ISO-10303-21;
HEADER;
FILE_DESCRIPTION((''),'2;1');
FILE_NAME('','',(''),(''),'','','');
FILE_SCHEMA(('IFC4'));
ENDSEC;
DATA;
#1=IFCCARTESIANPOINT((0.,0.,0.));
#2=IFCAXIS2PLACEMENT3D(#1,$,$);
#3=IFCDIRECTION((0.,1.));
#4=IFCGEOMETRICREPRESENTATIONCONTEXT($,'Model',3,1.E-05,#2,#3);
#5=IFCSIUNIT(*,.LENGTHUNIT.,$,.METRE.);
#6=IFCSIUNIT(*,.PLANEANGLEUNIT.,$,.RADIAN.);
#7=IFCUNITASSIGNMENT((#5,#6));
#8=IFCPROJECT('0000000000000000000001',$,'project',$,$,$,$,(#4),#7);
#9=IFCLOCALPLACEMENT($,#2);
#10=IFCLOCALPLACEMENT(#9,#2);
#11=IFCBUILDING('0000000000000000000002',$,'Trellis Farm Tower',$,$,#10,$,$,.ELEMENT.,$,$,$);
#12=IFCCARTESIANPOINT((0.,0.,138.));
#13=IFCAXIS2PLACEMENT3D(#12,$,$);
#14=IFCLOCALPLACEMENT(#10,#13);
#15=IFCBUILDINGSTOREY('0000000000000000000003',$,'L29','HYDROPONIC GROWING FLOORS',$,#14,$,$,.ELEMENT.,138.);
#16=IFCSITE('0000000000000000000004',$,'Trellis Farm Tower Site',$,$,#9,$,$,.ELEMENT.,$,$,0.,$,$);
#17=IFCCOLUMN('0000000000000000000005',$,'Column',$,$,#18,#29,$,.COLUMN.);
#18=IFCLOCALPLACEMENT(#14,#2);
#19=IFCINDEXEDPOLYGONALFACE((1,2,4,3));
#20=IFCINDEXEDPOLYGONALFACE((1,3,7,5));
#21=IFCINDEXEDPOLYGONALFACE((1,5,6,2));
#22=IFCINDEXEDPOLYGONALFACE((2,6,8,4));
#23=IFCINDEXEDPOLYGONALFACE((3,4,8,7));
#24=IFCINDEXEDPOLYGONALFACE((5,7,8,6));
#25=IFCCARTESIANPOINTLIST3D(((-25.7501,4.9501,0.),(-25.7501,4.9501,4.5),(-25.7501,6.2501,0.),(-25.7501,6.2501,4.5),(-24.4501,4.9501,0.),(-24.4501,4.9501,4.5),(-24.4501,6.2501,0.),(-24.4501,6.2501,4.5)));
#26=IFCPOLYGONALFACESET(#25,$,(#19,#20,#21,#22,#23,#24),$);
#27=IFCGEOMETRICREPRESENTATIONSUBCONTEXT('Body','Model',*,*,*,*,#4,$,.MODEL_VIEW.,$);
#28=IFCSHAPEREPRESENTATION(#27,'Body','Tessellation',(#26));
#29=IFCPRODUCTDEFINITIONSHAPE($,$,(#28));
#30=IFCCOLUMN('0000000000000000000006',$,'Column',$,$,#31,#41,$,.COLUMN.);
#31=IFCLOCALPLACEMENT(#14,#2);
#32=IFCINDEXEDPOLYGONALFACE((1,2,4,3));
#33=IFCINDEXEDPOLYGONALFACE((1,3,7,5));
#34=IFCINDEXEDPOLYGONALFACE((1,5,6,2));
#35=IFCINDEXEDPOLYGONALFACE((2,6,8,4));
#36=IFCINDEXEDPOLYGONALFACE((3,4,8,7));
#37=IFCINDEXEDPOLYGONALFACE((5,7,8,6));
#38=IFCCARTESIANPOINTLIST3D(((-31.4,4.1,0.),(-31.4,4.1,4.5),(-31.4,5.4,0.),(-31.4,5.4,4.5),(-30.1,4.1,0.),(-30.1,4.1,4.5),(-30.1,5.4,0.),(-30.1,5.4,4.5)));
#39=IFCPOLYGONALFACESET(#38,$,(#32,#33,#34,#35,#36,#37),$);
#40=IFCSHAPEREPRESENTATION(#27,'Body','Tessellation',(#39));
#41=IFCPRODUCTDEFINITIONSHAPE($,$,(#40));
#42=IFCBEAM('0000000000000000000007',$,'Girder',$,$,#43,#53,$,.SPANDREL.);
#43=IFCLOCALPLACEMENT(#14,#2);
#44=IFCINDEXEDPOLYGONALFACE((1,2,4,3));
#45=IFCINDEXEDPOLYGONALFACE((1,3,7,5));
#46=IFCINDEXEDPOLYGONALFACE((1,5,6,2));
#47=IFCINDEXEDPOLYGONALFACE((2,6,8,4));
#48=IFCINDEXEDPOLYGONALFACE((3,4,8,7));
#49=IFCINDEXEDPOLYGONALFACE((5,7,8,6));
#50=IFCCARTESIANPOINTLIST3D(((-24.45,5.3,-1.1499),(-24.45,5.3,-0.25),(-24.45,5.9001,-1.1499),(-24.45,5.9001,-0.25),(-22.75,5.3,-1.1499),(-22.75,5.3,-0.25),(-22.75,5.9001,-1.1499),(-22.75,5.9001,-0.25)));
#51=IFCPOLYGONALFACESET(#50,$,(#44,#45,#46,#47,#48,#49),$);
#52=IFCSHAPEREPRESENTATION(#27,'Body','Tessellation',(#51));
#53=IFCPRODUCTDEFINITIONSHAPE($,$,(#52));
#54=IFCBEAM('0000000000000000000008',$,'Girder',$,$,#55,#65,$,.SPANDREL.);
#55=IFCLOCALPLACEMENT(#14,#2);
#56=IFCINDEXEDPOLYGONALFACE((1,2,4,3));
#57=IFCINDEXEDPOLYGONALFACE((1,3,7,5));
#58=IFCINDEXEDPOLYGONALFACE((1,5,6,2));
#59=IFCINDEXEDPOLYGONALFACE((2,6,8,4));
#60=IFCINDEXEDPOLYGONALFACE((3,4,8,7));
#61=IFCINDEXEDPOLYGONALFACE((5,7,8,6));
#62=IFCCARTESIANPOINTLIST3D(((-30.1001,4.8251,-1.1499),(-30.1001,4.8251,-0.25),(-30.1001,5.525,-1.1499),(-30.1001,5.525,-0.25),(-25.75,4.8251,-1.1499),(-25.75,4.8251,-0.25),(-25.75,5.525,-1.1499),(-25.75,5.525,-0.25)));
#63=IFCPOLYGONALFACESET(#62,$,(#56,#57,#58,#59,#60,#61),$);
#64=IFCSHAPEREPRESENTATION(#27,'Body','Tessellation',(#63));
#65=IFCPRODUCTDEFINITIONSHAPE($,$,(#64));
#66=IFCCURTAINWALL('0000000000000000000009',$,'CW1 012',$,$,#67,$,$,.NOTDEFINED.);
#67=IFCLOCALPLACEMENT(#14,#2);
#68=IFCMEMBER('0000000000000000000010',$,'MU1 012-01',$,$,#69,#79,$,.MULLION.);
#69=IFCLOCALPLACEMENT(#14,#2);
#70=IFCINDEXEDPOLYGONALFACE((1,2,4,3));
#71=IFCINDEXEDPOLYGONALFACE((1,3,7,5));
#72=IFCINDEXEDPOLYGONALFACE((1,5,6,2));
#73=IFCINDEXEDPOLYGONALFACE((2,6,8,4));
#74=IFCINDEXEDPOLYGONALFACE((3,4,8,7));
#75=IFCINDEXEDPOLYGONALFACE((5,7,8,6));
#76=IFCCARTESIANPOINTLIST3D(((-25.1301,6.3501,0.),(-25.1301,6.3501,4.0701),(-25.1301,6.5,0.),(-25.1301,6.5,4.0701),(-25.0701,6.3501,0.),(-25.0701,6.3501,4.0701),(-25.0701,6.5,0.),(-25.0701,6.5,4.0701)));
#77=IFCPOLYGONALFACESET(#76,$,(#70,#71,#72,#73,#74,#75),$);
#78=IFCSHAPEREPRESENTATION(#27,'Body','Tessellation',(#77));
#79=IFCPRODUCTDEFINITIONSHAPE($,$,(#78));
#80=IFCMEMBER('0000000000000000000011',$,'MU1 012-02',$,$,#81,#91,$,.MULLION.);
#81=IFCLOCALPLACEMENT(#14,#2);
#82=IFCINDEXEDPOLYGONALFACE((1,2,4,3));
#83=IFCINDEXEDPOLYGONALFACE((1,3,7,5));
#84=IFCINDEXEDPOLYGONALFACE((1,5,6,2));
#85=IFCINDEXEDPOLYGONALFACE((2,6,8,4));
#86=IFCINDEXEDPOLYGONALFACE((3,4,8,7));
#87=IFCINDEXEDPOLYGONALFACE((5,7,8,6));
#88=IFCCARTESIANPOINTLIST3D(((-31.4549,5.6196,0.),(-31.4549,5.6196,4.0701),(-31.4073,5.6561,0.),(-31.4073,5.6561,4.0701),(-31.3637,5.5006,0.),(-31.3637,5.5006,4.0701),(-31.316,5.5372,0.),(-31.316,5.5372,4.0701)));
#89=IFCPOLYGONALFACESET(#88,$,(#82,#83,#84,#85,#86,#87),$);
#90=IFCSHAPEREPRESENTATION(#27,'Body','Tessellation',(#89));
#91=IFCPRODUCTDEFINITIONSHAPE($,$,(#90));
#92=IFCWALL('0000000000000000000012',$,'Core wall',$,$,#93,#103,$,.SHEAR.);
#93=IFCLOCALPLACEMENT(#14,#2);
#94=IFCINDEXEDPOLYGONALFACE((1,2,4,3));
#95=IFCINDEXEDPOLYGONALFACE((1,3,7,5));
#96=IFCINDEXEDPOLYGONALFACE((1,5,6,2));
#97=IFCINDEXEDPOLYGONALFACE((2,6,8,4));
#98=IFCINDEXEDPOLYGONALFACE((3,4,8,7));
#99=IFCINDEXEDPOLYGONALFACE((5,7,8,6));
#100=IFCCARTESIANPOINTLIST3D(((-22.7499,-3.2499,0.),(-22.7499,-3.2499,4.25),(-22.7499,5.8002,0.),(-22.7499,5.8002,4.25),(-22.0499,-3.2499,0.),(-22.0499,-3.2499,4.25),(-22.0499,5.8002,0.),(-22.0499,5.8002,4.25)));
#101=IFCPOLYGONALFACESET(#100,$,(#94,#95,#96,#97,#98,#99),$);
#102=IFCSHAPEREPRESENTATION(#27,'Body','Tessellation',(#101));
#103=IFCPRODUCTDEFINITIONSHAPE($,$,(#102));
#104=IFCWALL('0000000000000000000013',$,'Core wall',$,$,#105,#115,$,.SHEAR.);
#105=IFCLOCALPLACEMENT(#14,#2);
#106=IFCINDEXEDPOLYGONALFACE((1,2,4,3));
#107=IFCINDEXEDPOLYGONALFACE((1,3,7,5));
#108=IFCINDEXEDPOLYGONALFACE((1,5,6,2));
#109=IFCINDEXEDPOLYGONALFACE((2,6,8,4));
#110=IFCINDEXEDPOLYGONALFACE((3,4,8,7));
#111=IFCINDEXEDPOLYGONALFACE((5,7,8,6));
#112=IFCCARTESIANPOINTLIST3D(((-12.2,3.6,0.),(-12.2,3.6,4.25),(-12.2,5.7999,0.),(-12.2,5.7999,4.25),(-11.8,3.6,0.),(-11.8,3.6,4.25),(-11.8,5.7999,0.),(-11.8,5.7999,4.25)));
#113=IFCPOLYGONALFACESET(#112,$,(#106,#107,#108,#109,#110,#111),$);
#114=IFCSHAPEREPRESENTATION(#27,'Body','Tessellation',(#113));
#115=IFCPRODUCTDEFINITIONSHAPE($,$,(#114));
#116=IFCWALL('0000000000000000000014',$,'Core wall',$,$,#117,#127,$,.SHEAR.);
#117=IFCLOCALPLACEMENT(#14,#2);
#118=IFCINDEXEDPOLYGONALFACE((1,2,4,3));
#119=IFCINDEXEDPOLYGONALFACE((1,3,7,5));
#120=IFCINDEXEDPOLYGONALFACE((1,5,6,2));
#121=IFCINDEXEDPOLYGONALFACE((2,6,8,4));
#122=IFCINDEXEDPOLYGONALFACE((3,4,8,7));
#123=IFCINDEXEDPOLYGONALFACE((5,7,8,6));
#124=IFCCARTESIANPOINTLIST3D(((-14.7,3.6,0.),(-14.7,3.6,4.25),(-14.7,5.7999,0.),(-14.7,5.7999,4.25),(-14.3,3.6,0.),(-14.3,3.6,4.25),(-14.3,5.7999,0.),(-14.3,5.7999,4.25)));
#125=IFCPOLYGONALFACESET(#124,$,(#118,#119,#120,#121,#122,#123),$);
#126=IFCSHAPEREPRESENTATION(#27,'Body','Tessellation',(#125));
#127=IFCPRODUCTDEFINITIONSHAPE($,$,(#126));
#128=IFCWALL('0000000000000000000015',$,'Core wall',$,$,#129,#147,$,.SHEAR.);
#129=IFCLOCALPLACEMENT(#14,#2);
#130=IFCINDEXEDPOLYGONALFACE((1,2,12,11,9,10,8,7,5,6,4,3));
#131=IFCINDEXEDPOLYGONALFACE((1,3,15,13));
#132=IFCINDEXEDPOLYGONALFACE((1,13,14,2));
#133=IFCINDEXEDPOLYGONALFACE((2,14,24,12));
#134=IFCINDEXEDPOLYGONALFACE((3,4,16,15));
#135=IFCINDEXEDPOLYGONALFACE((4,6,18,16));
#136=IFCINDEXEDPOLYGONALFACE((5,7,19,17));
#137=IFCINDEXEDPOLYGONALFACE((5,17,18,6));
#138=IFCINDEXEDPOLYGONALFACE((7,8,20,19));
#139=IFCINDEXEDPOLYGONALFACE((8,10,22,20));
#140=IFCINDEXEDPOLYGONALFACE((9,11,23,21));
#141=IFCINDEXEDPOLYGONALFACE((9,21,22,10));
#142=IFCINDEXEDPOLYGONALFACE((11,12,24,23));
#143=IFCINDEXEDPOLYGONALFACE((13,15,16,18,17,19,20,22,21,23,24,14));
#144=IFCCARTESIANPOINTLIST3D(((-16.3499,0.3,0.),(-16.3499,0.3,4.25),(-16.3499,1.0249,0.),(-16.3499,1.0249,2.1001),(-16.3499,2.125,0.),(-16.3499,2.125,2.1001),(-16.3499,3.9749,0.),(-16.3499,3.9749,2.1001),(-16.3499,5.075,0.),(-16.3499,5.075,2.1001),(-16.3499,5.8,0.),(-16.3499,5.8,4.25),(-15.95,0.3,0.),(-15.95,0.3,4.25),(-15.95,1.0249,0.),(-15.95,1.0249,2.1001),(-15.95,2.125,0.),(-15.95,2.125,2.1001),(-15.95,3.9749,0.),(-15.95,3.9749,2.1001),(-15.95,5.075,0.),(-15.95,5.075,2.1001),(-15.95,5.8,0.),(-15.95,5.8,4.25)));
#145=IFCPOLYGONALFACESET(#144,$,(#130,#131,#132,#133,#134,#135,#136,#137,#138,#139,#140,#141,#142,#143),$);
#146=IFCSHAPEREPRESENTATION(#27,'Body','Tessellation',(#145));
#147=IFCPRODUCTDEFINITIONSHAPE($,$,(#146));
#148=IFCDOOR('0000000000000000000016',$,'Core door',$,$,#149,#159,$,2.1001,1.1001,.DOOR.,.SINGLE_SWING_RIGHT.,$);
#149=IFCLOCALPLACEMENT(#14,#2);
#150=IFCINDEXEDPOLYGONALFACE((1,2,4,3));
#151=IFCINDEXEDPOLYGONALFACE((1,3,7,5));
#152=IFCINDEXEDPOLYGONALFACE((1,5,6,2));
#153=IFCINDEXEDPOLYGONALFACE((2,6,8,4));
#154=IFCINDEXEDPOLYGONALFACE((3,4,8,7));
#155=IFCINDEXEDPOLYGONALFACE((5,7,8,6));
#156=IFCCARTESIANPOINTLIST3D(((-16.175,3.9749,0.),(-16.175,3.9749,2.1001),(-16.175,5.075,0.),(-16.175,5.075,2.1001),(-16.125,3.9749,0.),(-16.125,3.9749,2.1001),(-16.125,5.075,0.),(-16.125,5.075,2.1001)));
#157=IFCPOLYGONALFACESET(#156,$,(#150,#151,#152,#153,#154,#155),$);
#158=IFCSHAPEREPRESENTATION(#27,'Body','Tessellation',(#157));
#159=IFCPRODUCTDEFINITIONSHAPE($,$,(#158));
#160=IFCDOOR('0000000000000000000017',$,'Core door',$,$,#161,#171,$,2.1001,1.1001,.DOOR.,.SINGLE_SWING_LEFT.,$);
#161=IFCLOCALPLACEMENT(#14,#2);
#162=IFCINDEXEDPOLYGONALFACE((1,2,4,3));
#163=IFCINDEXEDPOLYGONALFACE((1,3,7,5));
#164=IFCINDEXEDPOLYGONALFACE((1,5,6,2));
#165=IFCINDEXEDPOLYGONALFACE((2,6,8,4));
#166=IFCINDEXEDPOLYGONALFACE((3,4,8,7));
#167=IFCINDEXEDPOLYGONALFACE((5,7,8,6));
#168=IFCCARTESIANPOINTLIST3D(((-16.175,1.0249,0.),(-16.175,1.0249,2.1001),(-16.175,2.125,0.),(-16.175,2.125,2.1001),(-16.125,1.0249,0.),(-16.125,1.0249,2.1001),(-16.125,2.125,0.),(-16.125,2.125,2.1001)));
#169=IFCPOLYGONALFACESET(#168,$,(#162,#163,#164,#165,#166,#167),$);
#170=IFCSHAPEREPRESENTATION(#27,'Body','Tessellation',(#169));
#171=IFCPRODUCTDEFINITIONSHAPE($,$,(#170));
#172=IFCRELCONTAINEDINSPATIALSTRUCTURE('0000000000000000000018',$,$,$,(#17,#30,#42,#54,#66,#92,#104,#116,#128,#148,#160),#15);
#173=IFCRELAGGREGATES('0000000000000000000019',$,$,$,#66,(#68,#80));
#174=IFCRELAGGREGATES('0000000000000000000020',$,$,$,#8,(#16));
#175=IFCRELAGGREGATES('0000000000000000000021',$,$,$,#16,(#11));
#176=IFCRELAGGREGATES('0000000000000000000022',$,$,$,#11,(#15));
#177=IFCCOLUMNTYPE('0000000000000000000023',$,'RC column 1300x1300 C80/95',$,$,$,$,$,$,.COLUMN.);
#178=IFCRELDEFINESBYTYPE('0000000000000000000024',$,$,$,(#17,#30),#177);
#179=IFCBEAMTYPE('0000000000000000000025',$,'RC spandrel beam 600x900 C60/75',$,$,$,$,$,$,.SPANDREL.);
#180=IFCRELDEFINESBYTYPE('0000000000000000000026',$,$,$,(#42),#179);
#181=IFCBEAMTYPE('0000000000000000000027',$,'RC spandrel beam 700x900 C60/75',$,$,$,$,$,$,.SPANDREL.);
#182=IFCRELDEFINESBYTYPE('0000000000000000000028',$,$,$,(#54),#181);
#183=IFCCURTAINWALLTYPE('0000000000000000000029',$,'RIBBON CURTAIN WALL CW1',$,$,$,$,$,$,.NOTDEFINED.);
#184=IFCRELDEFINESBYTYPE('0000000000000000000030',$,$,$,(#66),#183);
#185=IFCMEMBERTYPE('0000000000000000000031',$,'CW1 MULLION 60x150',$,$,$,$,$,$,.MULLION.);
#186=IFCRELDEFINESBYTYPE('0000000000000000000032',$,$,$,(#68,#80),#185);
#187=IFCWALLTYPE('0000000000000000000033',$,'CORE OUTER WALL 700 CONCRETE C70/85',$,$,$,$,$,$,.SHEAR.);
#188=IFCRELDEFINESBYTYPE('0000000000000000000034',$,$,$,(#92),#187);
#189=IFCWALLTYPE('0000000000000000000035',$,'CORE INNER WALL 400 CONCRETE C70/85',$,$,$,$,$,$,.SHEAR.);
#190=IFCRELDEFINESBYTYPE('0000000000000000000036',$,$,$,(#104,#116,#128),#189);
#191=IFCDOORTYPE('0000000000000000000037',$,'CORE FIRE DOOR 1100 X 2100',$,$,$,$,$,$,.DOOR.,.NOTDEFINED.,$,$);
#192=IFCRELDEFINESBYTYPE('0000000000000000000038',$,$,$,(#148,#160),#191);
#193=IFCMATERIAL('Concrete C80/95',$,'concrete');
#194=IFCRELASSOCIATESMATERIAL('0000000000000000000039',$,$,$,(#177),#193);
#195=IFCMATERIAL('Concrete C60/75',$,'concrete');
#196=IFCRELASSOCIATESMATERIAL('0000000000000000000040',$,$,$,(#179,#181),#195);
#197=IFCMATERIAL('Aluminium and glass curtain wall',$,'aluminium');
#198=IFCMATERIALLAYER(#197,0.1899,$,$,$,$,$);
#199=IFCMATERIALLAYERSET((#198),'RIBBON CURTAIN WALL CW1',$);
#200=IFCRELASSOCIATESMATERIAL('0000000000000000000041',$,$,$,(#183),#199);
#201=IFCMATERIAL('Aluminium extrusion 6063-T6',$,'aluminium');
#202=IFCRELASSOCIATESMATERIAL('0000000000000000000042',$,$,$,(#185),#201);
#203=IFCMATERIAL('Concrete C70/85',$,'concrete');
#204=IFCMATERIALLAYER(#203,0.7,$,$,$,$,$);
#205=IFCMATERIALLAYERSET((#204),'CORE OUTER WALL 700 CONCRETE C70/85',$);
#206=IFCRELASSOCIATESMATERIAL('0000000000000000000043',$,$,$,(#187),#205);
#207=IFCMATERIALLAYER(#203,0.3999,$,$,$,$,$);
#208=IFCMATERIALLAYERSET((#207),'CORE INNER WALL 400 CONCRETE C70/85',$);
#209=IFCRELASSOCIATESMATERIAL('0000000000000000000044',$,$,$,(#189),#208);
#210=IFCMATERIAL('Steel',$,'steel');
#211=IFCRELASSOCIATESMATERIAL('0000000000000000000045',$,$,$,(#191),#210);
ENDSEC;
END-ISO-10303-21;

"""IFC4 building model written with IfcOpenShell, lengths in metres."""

from ifc_helpers import new_model, si_unit, direction, frame, frame_2d, origin, origin_2d, place, context, subcontext, project, spatial, rectangle, extrude, source, transform, mapped, material, layer, layer_set, material_profile, profile_set, type_object, element, fill, aggregate, save


model = new_model("IFC4")

# Units and contexts
model_context = context("Model", 3, precision=1e-05, world=origin(), true_north=direction((0.0, 1.0)))
body_context = subcontext(model_context, "Body", "Model", "MODEL_VIEW")
ifc_project = project(units=[si_unit("LENGTHUNIT", "METRE"), si_unit("PLANEANGLEUNIT", "RADIAN")], contexts=[model_context])

# Site, building, storey
site_placement = place(None, origin())
site = spatial("IfcSite", under=ifc_project, at=site_placement, Name="Trellis Farm Tower Site", CompositionType="ELEMENT", RefElevation=0.0)
building_placement = place(site_placement, origin())
building = spatial("IfcBuilding", under=site, at=building_placement, Name="Trellis Farm Tower", CompositionType="ELEMENT")
storey_placement = place(building_placement, frame((0.0, 0.0, 138.0)))
storey = spatial("IfcBuildingStorey", under=building, at=storey_placement, Name="L29", Description="HYDROPONIC GROWING FLOORS", CompositionType="ELEMENT", Elevation=138.0)

# Columns
ifc_material_1 = material(Name="Concrete C80/95", Category="concrete")
ifc_material_profile_1 = material_profile(ifc_material_1, rectangle(XDim=1.3, YDim=1.3, at=origin_2d()), Name="RC column 1300x1300 C80/95")
ifc_profile_set_1 = profile_set([ifc_material_profile_1], Name="Concrete C80/95")
column_type = type_object("IfcColumnType", Name="RC column 1300x1300 C80/95", PredefinedType="COLUMN", material=ifc_profile_set_1)
shared_shape_1 = source(origin(), body_context, "Body", "SweptSolid", [
    extrude(rectangle(XDim=1.3, YDim=1.3, at=origin_2d()), origin(), (0.0, 0.0, 1.0), 4.5),
])
for number, where, z_axis, x_axis, name in (
    (1, (-25.1001, 5.6001, 0.0), (0.0, 0.0, 1.0), (1.0, 0.0, 0.0), "Column"),
    (2, (-30.75, 4.75, 0.0), (0.0, 0.0, 1.0), (1.0, 0.0, 0.0), "Column"),
):
    element("IfcColumn", number, at=place(storey_placement, frame(where, z_axis=z_axis, x_axis=x_axis)), inside=storey, type_object=column_type, Name=name, PredefinedType="COLUMN", context=body_context, shape_type="MappedRepresentation", body=[
        mapped(shared_shape_1, transform((0.0, 0.0, 0.0))),
    ])

# Beams
ifc_material_2 = material(Name="Concrete C60/75", Category="concrete")
ifc_material_profile_2 = material_profile(ifc_material_2, rectangle(XDim=0.6001, YDim=0.8999, at=origin_2d()), Name="RC spandrel beam 600x900 C60/75")
ifc_profile_set_2 = profile_set([ifc_material_profile_2], Name="Concrete C60/75")
beam_type_1 = type_object("IfcBeamType", Name="RC spandrel beam 600x900 C60/75", PredefinedType="SPANDREL", material=ifc_profile_set_2)
shared_shape_2 = source(origin(), body_context, "Body", "SweptSolid", [
    extrude(rectangle(XDim=0.6001, YDim=0.8999, at=origin_2d()), origin(), (0.0, 0.0, 1.0), 1.7),
])
beam_1_placement = place(storey_placement, frame((-24.45, 5.6001, -0.7), z_axis=(1.0, 0.0, 0.0), x_axis=(0.0, 1.0, 0.0)))
element("IfcBeam", 3, at=beam_1_placement, inside=storey, type_object=beam_type_1, Name="Girder", PredefinedType="SPANDREL", context=body_context, shape_type="MappedRepresentation", body=[
    mapped(shared_shape_2, transform((0.0, 0.0, 0.0))),
])
ifc_material_profile_3 = material_profile(ifc_material_2, rectangle(XDim=0.7, YDim=0.8999, at=origin_2d()), Name="RC spandrel beam 700x900 C60/75")
ifc_profile_set_3 = profile_set([ifc_material_profile_3], Name="Concrete C60/75")
beam_type_2 = type_object("IfcBeamType", Name="RC spandrel beam 700x900 C60/75", PredefinedType="SPANDREL", material=ifc_profile_set_3)
shared_shape_3 = source(origin(), body_context, "Body", "SweptSolid", [
    extrude(rectangle(XDim=0.7, YDim=0.8999, at=origin_2d()), origin(), (0.0, 0.0, 1.0), 4.3501),
])
beam_2_placement = place(storey_placement, frame((-30.1001, 5.175, -0.7), z_axis=(1.0, 0.0, 0.0), x_axis=(0.0, 1.0, 0.0)))
element("IfcBeam", 4, at=beam_2_placement, inside=storey, type_object=beam_type_2, Name="Girder", PredefinedType="SPANDREL", context=body_context, shape_type="MappedRepresentation", body=[
    mapped(shared_shape_3, transform((0.0, 0.0, 0.0))),
])

# Curtain wall, members
ifc_material_3 = material(Name="Aluminium and glass curtain wall", Category="aluminium")
ifc_layer_1 = layer(ifc_material_3, 0.1899)
ifc_layer_set_1 = layer_set([ifc_layer_1], Name="RIBBON CURTAIN WALL CW1")
curtain_wall_type = type_object("IfcCurtainWallType", Name="RIBBON CURTAIN WALL CW1", PredefinedType="NOTDEFINED", material=ifc_layer_set_1)
placement = place(storey_placement, origin())
curtain_wall = element("IfcCurtainWall", 5, at=placement, inside=storey, type_object=curtain_wall_type, Name="CW1 012", PredefinedType="NOTDEFINED")
ifc_material_4 = material(Name="Aluminium extrusion 6063-T6", Category="aluminium")
ifc_material_profile_4 = material_profile(ifc_material_4, rectangle(XDim=0.0601, YDim=0.1499, at=origin_2d()), Name="MULLION 60x150")
ifc_profile_set_4 = profile_set([ifc_material_profile_4], Name="Aluminium extrusion 6063-T6")
member_type = type_object("IfcMemberType", Name="CW1 MULLION 60x150", PredefinedType="MULLION", material=ifc_profile_set_4)
shared_shape_4 = source(origin(), body_context, "Body", "SweptSolid", [
    extrude(rectangle(XDim=0.0601, YDim=0.1499, at=origin_2d()), origin(), (0.0, 0.0, 1.0), 4.0701),
])
member_1_placement = place(storey_placement, frame((-25.1001, 6.425, 0.0), z_axis=(0.0, 0.0, 1.0), x_axis=(-1.0, 0.0, 0.0)))
member_1 = element("IfcMember", 6, at=member_1_placement, type_object=member_type, Name="MU1 012-01", PredefinedType="MULLION", context=body_context, shape_type="MappedRepresentation", body=[
    mapped(shared_shape_4, transform((0.0, 0.0, 0.0))),
])
member_2_placement = place(storey_placement, frame((-31.3855, 5.5784, 0.0), z_axis=(0.0, 0.0, 1.0), x_axis=(-0.793353, -0.608761, 0.0)))
member_2 = element("IfcMember", 7, at=member_2_placement, type_object=member_type, Name="MU1 012-02", PredefinedType="MULLION", context=body_context, shape_type="MappedRepresentation", body=[
    mapped(shared_shape_4, transform((0.0, 0.0, 0.0))),
])
aggregate(curtain_wall, [member_1, member_2])

# Walls
ifc_material_5 = material(Name="Concrete C70/85", Category="concrete")
ifc_layer_2 = layer(ifc_material_5, 0.7)
ifc_layer_set_2 = layer_set([ifc_layer_2], Name="CORE OUTER WALL 700 CONCRETE C70/85")
wall_type_1 = type_object("IfcWallType", Name="CORE OUTER WALL 700 CONCRETE C70/85", PredefinedType="SHEAR", material=ifc_layer_set_2)
shared_shape_5 = source(origin(), body_context, "Body", "SweptSolid", [
    extrude(rectangle(XDim=9.05, YDim=0.7, at=frame_2d((4.5249, 0.0))), origin(), (0.0, 0.0, 1.0), 4.25),
])
wall_1_placement = place(storey_placement, frame((-22.3999, 5.8, 0.0), z_axis=(0.0, 0.0, 1.0), x_axis=(0.0, -1.0, 0.0)))
element("IfcWall", 8, at=wall_1_placement, inside=storey, type_object=wall_type_1, Name="Core wall", PredefinedType="SHEAR", context=body_context, shape_type="MappedRepresentation", body=[
    mapped(shared_shape_5, transform((0.0, 0.0, 0.0))),
])
ifc_layer_3 = layer(ifc_material_5, 0.3999)
ifc_layer_set_3 = layer_set([ifc_layer_3], Name="CORE INNER WALL 400 CONCRETE C70/85")
wall_type_2 = type_object("IfcWallType", Name="CORE INNER WALL 400 CONCRETE C70/85", PredefinedType="SHEAR", material=ifc_layer_set_3)
shared_shape_6 = source(origin(), body_context, "Body", "SweptSolid", [
    extrude(rectangle(XDim=2.2, YDim=0.3999, at=frame_2d((1.1001, 0.0))), origin(), (0.0, 0.0, 1.0), 4.25),
])
for number, where, z_axis, x_axis, name in (
    (9, (-12.0, 5.8, 0.0), (0.0, 0.0, 1.0), (0.0, -1.0, 0.0), "Core wall"),
    (10, (-14.5, 5.8, 0.0), (0.0, 0.0, 1.0), (0.0, -1.0, 0.0), "Core wall"),
):
    element("IfcWall", number, at=place(storey_placement, frame(where, z_axis=z_axis, x_axis=x_axis)), inside=storey, type_object=wall_type_2, Name=name, PredefinedType="SHEAR", context=body_context, shape_type="MappedRepresentation", body=[
        mapped(shared_shape_6, transform((0.0, 0.0, 0.0))),
    ])

# Wall, openings, doors
shared_shape_7 = source(origin(), body_context, "Body", "SweptSolid", [
    extrude(rectangle(XDim=5.5, YDim=0.3999, at=frame_2d((2.75, 0.0))), origin(), (0.0, 0.0, 1.0), 4.25),
])
wall_2_placement = place(storey_placement, frame((-16.1499, 5.8, 0.0), z_axis=(0.0, 0.0, 1.0), x_axis=(0.0, -1.0, 0.0)))
wall_2 = element("IfcWall", 11, at=wall_2_placement, inside=storey, type_object=wall_type_2, Name="Core wall", PredefinedType="SHEAR", context=body_context, shape_type="MappedRepresentation", body=[
    mapped(shared_shape_7, transform((0.0, 0.0, 0.0))),
])
shared_shape_8 = source(origin(), body_context, "Body", "SweptSolid", [
    extrude(rectangle(XDim=1.1001, YDim=2.1001, at=frame_2d((0.55, 1.05))), frame((0.0, 0.21, 0.0), z_axis=(0.0, -1.0, 0.0), x_axis=(1.0, 0.0, 0.0)), (0.0, 0.0, 1.0), 0.4199),
])
opening_1_placement = place(wall_2_placement, frame((0.7251, 0.0, 0.0)))
opening_1 = element("IfcOpeningElement", 12, at=opening_1_placement, cuts=wall_2, PredefinedType="OPENING", context=body_context, shape_type="MappedRepresentation", body=[
    mapped(shared_shape_8, transform((0.0, 0.0, 0.0))),
])
opening_2_placement = place(wall_2_placement, frame((3.675, 0.0, 0.0)))
opening_2 = element("IfcOpeningElement", 13, at=opening_2_placement, cuts=wall_2, PredefinedType="OPENING", context=body_context, shape_type="MappedRepresentation", body=[
    mapped(shared_shape_8, transform((0.0, 0.0, 0.0))),
])
ifc_material_6 = material(Name="Steel", Category="steel")
door_type = type_object("IfcDoorType", Name="CORE FIRE DOOR 1100 X 2100", OperationType="NOTDEFINED", PredefinedType="DOOR", material=ifc_material_6)
shared_shape_9 = source(origin(), body_context, "Body", "SweptSolid", [
    extrude(rectangle(XDim=1.1001, YDim=2.1001, at=frame_2d((0.55, 1.05))), frame((0.0, 0.0249, 0.0), z_axis=(0.0, -1.0, 0.0), x_axis=(1.0, 0.0, 0.0)), (0.0, 0.0, 1.0), 0.05),
])
door_1_placement = place(opening_1_placement, origin())
door_1 = element("IfcDoor", 14, at=door_1_placement, inside=storey, type_object=door_type, Name="Core door", OperationType="SINGLE_SWING_RIGHT", OverallHeight=2.1001, OverallWidth=1.1001, PredefinedType="DOOR", context=body_context, shape_type="MappedRepresentation", body=[
    mapped(shared_shape_9, transform((0.0, 0.0, 0.0))),
])
fill(opening_1, door_1)
door_2_placement = place(opening_2_placement, origin())
door_2 = element("IfcDoor", 15, at=door_2_placement, inside=storey, type_object=door_type, Name="Core door", OperationType="SINGLE_SWING_LEFT", OverallHeight=2.1001, OverallWidth=1.1001, PredefinedType="DOOR", context=body_context, shape_type="MappedRepresentation", body=[
    mapped(shared_shape_9, transform((0.0, 0.0, 0.0))),
])
fill(opening_2, door_2)

save(model, "model.ifc")
